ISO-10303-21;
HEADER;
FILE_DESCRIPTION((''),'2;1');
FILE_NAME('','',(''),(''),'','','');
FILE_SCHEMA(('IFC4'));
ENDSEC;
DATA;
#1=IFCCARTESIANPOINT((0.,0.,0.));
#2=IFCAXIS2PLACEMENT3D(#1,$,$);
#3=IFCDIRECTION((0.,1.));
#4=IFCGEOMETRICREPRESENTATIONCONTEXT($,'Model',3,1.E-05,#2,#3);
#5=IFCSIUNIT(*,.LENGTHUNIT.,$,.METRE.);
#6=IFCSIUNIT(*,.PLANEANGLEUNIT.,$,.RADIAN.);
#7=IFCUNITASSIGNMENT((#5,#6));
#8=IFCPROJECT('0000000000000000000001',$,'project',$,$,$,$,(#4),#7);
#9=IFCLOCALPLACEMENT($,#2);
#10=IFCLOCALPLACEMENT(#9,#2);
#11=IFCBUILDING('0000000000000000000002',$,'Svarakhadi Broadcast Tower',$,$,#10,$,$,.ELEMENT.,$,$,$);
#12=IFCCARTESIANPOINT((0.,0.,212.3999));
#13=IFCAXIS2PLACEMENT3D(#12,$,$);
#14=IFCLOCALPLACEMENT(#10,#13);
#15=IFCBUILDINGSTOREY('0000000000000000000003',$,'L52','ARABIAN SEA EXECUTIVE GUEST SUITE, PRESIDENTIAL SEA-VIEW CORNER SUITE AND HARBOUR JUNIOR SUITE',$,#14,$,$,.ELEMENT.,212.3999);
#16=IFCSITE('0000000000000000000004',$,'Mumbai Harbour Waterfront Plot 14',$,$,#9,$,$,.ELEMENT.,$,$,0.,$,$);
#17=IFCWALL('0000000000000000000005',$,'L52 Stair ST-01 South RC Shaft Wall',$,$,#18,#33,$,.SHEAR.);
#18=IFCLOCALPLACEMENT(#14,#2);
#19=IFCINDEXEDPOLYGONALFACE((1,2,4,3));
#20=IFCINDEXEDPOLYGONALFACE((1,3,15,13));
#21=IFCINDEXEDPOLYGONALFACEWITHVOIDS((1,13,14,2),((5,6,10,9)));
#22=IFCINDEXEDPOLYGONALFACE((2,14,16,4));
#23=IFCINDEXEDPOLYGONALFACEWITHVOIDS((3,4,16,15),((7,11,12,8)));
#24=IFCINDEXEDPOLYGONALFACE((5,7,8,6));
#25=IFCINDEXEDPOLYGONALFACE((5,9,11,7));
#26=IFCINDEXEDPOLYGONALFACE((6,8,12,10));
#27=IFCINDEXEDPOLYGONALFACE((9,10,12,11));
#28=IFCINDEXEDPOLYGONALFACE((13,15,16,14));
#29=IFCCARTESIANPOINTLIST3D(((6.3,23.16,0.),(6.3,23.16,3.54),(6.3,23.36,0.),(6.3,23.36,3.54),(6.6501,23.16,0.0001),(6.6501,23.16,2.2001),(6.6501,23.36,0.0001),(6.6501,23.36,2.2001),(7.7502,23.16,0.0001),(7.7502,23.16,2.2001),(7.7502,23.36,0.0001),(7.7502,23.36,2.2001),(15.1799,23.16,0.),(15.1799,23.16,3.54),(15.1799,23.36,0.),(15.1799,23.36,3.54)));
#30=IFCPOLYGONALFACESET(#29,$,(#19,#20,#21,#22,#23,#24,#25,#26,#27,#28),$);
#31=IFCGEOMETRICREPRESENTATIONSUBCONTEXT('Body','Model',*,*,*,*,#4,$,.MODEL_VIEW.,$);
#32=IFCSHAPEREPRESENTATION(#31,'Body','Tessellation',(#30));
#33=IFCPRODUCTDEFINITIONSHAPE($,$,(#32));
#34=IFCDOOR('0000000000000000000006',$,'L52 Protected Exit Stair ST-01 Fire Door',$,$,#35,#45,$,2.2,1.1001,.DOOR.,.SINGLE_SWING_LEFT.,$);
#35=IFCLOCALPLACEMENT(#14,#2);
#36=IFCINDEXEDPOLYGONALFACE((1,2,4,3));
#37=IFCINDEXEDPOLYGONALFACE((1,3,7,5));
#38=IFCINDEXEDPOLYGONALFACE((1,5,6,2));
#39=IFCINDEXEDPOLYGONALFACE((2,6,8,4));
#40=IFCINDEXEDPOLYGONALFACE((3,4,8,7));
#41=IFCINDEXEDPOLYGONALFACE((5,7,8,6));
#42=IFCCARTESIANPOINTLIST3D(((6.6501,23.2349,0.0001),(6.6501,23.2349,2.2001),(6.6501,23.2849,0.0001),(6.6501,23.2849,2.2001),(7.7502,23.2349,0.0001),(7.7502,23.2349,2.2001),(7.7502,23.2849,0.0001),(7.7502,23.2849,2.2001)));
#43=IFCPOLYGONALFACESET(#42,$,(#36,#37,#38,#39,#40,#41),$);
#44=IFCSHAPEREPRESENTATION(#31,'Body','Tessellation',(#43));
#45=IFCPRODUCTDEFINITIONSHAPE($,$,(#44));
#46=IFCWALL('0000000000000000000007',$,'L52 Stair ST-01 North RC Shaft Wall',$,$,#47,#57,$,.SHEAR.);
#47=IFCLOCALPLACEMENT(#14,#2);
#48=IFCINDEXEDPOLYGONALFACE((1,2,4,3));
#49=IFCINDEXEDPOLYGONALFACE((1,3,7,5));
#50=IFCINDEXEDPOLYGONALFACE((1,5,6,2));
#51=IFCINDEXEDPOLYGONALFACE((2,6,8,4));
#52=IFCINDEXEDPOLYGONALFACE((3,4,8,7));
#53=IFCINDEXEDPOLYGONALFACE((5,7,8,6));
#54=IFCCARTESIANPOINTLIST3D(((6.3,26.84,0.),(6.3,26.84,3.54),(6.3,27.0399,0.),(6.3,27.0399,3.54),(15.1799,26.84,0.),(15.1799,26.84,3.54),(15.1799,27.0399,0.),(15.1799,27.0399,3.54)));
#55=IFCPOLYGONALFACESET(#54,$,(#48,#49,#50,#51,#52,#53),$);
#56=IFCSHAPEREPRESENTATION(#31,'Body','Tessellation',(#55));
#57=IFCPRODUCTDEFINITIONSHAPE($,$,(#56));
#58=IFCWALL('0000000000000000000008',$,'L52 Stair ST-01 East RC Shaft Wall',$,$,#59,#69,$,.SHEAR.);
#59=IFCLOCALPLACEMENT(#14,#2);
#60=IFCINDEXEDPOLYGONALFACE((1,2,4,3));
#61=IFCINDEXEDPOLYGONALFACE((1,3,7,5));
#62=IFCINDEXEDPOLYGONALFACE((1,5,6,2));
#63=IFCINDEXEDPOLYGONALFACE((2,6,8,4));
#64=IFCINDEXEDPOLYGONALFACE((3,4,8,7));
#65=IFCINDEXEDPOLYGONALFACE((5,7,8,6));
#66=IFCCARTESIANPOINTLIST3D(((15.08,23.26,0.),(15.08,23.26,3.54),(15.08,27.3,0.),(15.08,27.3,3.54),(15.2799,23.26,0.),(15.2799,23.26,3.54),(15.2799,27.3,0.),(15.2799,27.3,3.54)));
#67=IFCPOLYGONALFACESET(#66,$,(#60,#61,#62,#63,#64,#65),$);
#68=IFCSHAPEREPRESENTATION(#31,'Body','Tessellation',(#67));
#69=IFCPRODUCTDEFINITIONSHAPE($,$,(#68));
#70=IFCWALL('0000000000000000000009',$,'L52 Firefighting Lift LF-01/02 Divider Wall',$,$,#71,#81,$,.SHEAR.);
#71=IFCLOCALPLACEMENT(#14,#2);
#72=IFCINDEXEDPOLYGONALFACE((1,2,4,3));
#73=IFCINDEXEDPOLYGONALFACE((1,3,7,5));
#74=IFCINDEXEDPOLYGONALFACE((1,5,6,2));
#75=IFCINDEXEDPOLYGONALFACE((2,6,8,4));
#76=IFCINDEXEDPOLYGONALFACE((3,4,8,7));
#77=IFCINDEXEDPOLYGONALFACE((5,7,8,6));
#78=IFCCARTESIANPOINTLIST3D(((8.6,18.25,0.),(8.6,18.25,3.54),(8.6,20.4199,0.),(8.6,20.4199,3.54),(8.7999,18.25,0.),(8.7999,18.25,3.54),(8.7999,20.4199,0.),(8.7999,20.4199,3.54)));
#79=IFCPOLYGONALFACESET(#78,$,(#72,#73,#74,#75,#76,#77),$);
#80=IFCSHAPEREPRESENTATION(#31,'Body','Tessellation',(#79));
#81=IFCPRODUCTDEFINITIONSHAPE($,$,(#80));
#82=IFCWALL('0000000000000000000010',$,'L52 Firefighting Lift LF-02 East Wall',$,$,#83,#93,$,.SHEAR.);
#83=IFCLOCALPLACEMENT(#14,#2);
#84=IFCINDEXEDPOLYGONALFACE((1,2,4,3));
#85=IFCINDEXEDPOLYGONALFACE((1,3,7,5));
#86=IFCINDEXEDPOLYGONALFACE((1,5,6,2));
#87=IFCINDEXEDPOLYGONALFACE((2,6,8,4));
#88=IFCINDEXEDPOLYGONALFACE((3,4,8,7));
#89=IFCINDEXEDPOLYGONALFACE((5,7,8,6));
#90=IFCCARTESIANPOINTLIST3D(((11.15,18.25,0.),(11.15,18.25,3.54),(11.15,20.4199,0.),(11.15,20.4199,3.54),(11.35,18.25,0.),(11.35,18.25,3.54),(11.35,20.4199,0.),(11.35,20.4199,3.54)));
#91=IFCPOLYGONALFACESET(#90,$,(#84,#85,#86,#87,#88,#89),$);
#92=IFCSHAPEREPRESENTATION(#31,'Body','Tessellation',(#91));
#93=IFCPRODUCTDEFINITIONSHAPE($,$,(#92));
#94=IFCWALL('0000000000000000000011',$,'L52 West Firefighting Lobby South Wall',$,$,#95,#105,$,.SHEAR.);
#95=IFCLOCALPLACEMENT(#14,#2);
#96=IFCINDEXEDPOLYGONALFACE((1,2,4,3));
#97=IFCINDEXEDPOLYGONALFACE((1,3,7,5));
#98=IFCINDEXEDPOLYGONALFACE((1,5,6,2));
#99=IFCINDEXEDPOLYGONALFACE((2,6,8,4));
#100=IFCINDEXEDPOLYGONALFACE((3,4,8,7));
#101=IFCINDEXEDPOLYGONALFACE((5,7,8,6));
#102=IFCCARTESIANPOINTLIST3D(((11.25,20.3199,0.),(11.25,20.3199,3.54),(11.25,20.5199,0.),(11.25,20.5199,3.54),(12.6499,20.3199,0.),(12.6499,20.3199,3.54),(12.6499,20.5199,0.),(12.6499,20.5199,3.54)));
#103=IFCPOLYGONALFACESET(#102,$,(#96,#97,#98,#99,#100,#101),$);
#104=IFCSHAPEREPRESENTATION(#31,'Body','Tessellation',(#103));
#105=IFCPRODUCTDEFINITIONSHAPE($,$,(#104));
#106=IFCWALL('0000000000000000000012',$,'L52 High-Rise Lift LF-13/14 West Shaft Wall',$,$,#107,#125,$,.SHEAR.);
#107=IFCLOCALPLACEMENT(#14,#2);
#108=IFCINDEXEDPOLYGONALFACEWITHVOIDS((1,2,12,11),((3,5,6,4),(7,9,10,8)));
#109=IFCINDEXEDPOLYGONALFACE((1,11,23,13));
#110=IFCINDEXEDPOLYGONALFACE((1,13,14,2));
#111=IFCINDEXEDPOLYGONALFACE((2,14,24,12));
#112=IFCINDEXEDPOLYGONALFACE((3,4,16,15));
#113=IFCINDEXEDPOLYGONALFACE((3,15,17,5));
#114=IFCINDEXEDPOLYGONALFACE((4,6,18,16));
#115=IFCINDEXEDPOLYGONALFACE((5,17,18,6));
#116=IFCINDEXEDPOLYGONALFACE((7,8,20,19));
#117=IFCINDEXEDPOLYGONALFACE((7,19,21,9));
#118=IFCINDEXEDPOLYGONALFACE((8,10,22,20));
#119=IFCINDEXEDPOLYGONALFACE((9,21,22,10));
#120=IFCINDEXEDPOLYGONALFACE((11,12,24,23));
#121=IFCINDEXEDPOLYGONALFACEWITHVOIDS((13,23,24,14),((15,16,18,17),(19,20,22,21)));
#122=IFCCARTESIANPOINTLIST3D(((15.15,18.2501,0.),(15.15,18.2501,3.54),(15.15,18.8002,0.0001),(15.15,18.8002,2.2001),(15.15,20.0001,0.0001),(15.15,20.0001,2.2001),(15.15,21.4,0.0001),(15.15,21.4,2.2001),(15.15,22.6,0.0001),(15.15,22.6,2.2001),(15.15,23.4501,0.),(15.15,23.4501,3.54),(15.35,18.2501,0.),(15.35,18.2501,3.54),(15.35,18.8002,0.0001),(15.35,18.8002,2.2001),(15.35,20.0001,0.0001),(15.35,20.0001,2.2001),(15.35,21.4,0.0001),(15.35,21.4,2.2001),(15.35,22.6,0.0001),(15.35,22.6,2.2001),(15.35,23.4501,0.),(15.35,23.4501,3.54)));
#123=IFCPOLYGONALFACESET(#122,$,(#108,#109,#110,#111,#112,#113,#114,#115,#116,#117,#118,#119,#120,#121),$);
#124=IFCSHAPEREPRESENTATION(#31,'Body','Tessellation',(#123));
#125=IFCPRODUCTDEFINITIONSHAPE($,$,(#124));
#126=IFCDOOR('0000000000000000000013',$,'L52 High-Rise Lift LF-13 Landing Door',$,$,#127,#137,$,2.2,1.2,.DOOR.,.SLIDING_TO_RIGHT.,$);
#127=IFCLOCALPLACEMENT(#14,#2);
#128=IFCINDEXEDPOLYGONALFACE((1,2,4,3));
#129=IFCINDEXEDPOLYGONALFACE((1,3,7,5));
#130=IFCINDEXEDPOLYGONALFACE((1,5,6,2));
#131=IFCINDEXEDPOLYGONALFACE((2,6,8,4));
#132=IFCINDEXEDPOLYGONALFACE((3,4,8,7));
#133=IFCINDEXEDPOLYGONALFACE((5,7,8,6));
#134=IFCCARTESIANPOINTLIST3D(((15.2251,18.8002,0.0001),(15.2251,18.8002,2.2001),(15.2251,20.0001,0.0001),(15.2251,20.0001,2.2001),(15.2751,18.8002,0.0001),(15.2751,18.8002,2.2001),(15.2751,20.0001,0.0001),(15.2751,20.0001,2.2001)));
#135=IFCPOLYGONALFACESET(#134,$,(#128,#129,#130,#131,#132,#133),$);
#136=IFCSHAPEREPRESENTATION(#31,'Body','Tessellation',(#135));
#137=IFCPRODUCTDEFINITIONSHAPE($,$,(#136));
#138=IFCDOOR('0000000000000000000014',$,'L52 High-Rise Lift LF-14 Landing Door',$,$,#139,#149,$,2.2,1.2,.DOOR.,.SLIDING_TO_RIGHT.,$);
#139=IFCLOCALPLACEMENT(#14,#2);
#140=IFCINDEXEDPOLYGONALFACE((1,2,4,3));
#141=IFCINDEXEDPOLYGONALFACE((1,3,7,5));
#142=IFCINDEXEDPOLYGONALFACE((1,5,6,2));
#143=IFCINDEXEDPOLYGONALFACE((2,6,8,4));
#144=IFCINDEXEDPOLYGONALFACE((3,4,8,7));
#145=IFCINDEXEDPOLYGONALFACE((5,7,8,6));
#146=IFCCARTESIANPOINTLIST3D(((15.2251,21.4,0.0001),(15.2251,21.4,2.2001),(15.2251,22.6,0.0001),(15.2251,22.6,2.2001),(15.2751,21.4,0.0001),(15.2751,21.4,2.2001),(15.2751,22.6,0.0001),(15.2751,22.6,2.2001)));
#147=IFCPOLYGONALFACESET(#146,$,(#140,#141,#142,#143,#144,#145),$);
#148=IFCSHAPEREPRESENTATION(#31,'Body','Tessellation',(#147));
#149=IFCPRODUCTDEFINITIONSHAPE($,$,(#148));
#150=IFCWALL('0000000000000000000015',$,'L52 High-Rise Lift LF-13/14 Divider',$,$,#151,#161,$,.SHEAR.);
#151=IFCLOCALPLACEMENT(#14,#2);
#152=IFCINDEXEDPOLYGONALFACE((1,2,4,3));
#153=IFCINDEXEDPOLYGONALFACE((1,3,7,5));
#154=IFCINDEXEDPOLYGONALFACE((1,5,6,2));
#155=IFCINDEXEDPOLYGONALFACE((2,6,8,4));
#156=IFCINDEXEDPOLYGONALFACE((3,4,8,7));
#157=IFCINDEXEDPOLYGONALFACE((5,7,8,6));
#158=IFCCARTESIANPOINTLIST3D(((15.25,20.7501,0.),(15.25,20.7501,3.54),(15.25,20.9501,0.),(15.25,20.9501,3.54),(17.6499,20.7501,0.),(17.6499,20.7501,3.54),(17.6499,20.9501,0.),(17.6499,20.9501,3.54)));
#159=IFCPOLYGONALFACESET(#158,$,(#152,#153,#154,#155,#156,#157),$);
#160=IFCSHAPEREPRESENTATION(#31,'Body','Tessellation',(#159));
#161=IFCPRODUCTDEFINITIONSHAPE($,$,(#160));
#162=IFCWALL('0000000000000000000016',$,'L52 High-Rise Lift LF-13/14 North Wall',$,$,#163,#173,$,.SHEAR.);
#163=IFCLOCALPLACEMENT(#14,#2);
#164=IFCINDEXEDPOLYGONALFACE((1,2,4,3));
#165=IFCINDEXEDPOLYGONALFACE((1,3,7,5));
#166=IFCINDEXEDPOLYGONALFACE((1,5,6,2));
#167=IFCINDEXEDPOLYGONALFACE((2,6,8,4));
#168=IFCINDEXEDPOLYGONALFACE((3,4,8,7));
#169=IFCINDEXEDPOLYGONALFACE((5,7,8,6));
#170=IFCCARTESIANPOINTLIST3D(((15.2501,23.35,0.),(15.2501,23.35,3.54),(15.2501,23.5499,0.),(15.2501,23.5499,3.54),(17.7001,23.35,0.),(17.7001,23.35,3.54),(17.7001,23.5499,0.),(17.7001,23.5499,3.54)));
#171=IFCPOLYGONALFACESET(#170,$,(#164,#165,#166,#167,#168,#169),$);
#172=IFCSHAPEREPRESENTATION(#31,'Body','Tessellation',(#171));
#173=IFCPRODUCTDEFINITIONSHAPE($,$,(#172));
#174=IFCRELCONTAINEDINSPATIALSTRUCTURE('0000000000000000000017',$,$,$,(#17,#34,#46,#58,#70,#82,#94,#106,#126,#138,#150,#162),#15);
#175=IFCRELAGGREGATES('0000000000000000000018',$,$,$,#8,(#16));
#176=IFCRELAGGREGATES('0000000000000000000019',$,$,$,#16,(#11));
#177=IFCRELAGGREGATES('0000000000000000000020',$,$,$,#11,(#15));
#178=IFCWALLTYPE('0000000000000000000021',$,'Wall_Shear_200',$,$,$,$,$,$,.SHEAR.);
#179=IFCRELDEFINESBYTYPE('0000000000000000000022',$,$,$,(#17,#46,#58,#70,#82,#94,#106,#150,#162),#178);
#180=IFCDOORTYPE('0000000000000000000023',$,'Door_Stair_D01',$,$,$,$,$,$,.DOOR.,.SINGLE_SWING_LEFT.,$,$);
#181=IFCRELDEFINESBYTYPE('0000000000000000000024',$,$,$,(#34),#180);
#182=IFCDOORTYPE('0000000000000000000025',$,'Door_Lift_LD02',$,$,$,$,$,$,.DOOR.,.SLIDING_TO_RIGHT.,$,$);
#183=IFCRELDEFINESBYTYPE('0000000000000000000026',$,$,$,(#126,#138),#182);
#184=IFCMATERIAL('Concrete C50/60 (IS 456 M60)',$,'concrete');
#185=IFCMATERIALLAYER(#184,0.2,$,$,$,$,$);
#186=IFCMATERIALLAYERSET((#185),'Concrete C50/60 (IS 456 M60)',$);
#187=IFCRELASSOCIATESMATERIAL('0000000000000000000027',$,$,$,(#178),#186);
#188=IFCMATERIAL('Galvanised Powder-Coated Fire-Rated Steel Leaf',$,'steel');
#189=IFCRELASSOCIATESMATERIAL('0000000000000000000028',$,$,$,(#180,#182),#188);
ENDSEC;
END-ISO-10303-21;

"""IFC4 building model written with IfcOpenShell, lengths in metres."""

from ifc_helpers import new_model, si_unit, direction, frame, frame_2d, origin, place, context, subcontext, project, spatial, rectangle, extrude, material, layer, layer_set, type_object, element, fill, save


model = new_model("IFC4")

# Units and contexts
model_context = context("Model", 3, precision=1e-05, world=origin(), true_north=direction((0.0, 1.0)))
body_context = subcontext(model_context, "Body", "Model", "MODEL_VIEW")
ifc_project = project(units=[si_unit("LENGTHUNIT", "METRE"), si_unit("PLANEANGLEUNIT", "RADIAN")], contexts=[model_context])

# Site, building, storey
site_placement = place(None, origin())
site = spatial("IfcSite", under=ifc_project, at=site_placement, Name="Mumbai Harbour Waterfront Plot 14", CompositionType="ELEMENT", RefElevation=0.0)
building_placement = place(site_placement, origin())
building = spatial("IfcBuilding", under=site, at=building_placement, Name="Svarakhadi Broadcast Tower", CompositionType="ELEMENT")
storey_placement = place(building_placement, frame((0.0, 0.0, 212.3999)))
storey = spatial("IfcBuildingStorey", under=building, at=storey_placement, Name="L52", Description="ARABIAN SEA EXECUTIVE GUEST SUITE, PRESIDENTIAL SEA-VIEW CORNER SUITE AND HARBOUR JUNIOR SUITE", CompositionType="ELEMENT", Elevation=212.3999)

# Shared definitions
ifc_material_1 = material(Name="Concrete C50/60 (IS 456 M60)", Category="concrete")

# Wall, opening, door
ifc_layer_1 = layer(ifc_material_1, 0.2)
ifc_layer_set_1 = layer_set([ifc_layer_1], Name="Concrete C50/60 (IS 456 M60)")
wall_type_1 = type_object("IfcWallType", Name="Wall_Shear_200", PredefinedType="SHEAR", material=ifc_layer_set_1)
wall_1_placement = place(storey_placement, frame((6.3, 23.26, 0.0), z_axis=(0.0, 0.0, 1.0), x_axis=(1.0, 0.0, 0.0)))
wall_1 = element("IfcWall", 1, at=wall_1_placement, inside=storey, type_object=wall_type_1, Name="L52 Stair ST-01 South RC Shaft Wall", PredefinedType="SHEAR", context=body_context, shape_type="SweptSolid", body=[
    extrude(rectangle(XDim=8.8799, YDim=0.2, at=frame_2d((4.4399, 0.0))), origin(), (0.0, 0.0, 1.0), 3.54),
])
opening_1_placement = place(wall_1_placement, frame((0.3501, 0.0, 0.0)))
opening_1 = element("IfcOpeningElement", 2, at=opening_1_placement, cuts=wall_1, PredefinedType="OPENING", context=body_context, shape_type="SweptSolid", body=[
    extrude(rectangle(XDim=1.1001, YDim=2.2, at=frame_2d((0.55, 1.1001))), frame((0.0, 0.1099, 0.0), z_axis=(0.0, -1.0, 0.0), x_axis=(1.0, 0.0, 0.0)), (0.0, 0.0, 1.0), 0.22),
])
ifc_material_2 = material(Name="Galvanised Powder-Coated Fire-Rated Steel Leaf", Category="steel")
door_type_1 = type_object("IfcDoorType", Name="Door_Stair_D01", OperationType="SINGLE_SWING_LEFT", PredefinedType="DOOR", material=ifc_material_2)
door_1_placement = place(opening_1_placement, origin())
door_1 = element("IfcDoor", 3, at=door_1_placement, inside=storey, type_object=door_type_1, Name="L52 Protected Exit Stair ST-01 Fire Door", OperationType="SINGLE_SWING_LEFT", OverallHeight=2.2, OverallWidth=1.1001, PredefinedType="DOOR", context=body_context, shape_type="SweptSolid", body=[
    extrude(rectangle(XDim=1.1001, YDim=2.2, at=frame_2d((0.55, 1.1001))), frame((0.0, 0.0249, 0.0), z_axis=(0.0, -1.0, 0.0), x_axis=(1.0, 0.0, 0.0)), (0.0, 0.0, 1.0), 0.05),
])
fill(opening_1, door_1)

# Walls
wall_2_placement = place(storey_placement, frame((6.3, 26.9399, 0.0), z_axis=(0.0, 0.0, 1.0), x_axis=(1.0, 0.0, 0.0)))
element("IfcWall", 4, at=wall_2_placement, inside=storey, type_object=wall_type_1, Name="L52 Stair ST-01 North RC Shaft Wall", PredefinedType="SHEAR", context=body_context, shape_type="SweptSolid", body=[
    extrude(rectangle(XDim=8.8799, YDim=0.2, at=frame_2d((4.4399, 0.0))), origin(), (0.0, 0.0, 1.0), 3.54),
])
wall_3_placement = place(storey_placement, frame((15.1799, 23.26, 0.0), z_axis=(0.0, 0.0, 1.0), x_axis=(0.0, 1.0, 0.0)))
element("IfcWall", 5, at=wall_3_placement, inside=storey, type_object=wall_type_1, Name="L52 Stair ST-01 East RC Shaft Wall", PredefinedType="SHEAR", context=body_context, shape_type="SweptSolid", body=[
    extrude(rectangle(XDim=4.04, YDim=0.2, at=frame_2d((2.02, 0.0))), origin(), (0.0, 0.0, 1.0), 3.54),
])
for number, where, z_axis, x_axis, name in (
    (6, (8.7, 18.25, 0.0), (0.0, 0.0, 1.0), (0.0, 1.0, 0.0), "L52 Firefighting Lift LF-01/02 Divider Wall"),
    (7, (11.25, 18.25, 0.0), (0.0, 0.0, 1.0), (0.0, 1.0, 0.0), "L52 Firefighting Lift LF-02 East Wall"),
):
    element("IfcWall", number, at=place(storey_placement, frame(where, z_axis=z_axis, x_axis=x_axis)), inside=storey, type_object=wall_type_1, Name=name, PredefinedType="SHEAR", context=body_context, shape_type="SweptSolid", body=[
        extrude(rectangle(XDim=2.1699, YDim=0.2, at=frame_2d((1.085, 0.0))), origin(), (0.0, 0.0, 1.0), 3.54),
    ])
wall_4_placement = place(storey_placement, frame((11.25, 20.4199, 0.0), z_axis=(0.0, 0.0, 1.0), x_axis=(1.0, 0.0, 0.0)))
element("IfcWall", 8, at=wall_4_placement, inside=storey, type_object=wall_type_1, Name="L52 West Firefighting Lobby South Wall", PredefinedType="SHEAR", context=body_context, shape_type="SweptSolid", body=[
    extrude(rectangle(XDim=1.3999, YDim=0.2, at=frame_2d((0.7, 0.0))), origin(), (0.0, 0.0, 1.0), 3.54),
])

# Wall, openings, doors
wall_5_placement = place(storey_placement, frame((15.25, 18.25, 0.0), z_axis=(0.0, 0.0, 1.0), x_axis=(0.0, 1.0, 0.0)))
wall_5 = element("IfcWall", 9, at=wall_5_placement, inside=storey, type_object=wall_type_1, Name="L52 High-Rise Lift LF-13/14 West Shaft Wall", PredefinedType="SHEAR", context=body_context, shape_type="SweptSolid", body=[
    extrude(rectangle(XDim=5.2, YDim=0.2, at=frame_2d((2.6001, 0.0))), origin(), (0.0, 0.0, 1.0), 3.54),
])
opening_2_placement = place(wall_5_placement, frame((0.55, 0.0, 0.0)))
opening_2 = element("IfcOpeningElement", 10, at=opening_2_placement, cuts=wall_5, PredefinedType="OPENING", context=body_context, shape_type="SweptSolid", body=[
    extrude(rectangle(XDim=1.2, YDim=2.2, at=frame_2d((0.6001, 1.1001))), frame((0.0, 0.1099, 0.0), z_axis=(0.0, -1.0, 0.0), x_axis=(1.0, 0.0, 0.0)), (0.0, 0.0, 1.0), 0.22),
])
opening_3_placement = place(wall_5_placement, frame((3.1499, 0.0, 0.0)))
opening_3 = element("IfcOpeningElement", 11, at=opening_3_placement, cuts=wall_5, PredefinedType="OPENING", context=body_context, shape_type="SweptSolid", body=[
    extrude(rectangle(XDim=1.2, YDim=2.2, at=frame_2d((0.6001, 1.1001))), frame((0.0, 0.1099, 0.0), z_axis=(0.0, -1.0, 0.0), x_axis=(1.0, 0.0, 0.0)), (0.0, 0.0, 1.0), 0.22),
])
door_type_2 = type_object("IfcDoorType", Name="Door_Lift_LD02", OperationType="SLIDING_TO_RIGHT", PredefinedType="DOOR", material=ifc_material_2)
door_2_placement = place(opening_2_placement, origin())
door_2 = element("IfcDoor", 12, at=door_2_placement, inside=storey, type_object=door_type_2, Name="L52 High-Rise Lift LF-13 Landing Door", OperationType="SLIDING_TO_RIGHT", OverallHeight=2.2, OverallWidth=1.2, PredefinedType="DOOR", context=body_context, shape_type="SweptSolid", body=[
    extrude(rectangle(XDim=1.2, YDim=2.2, at=frame_2d((0.6001, 1.1001))), frame((0.0, 0.0249, 0.0), z_axis=(0.0, -1.0, 0.0), x_axis=(1.0, 0.0, 0.0)), (0.0, 0.0, 1.0), 0.05),
])
fill(opening_2, door_2)
door_3_placement = place(opening_3_placement, origin())
door_3 = element("IfcDoor", 13, at=door_3_placement, inside=storey, type_object=door_type_2, Name="L52 High-Rise Lift LF-14 Landing Door", OperationType="SLIDING_TO_RIGHT", OverallHeight=2.2, OverallWidth=1.2, PredefinedType="DOOR", context=body_context, shape_type="SweptSolid", body=[
    extrude(rectangle(XDim=1.2, YDim=2.2, at=frame_2d((0.6001, 1.1001))), frame((0.0, 0.0249, 0.0), z_axis=(0.0, -1.0, 0.0), x_axis=(1.0, 0.0, 0.0)), (0.0, 0.0, 1.0), 0.05),
])
fill(opening_3, door_3)

# Walls
wall_6_placement = place(storey_placement, frame((15.25, 20.8501, 0.0), z_axis=(0.0, 0.0, 1.0), x_axis=(1.0, 0.0, 0.0)))
element("IfcWall", 14, at=wall_6_placement, inside=storey, type_object=wall_type_1, Name="L52 High-Rise Lift LF-13/14 Divider", PredefinedType="SHEAR", context=body_context, shape_type="SweptSolid", body=[
    extrude(rectangle(XDim=2.3999, YDim=0.2, at=frame_2d((1.2, 0.0))), origin(), (0.0, 0.0, 1.0), 3.54),
])
wall_7_placement = place(storey_placement, frame((15.25, 23.45, 0.0), z_axis=(0.0, 0.0, 1.0), x_axis=(1.0, 0.0, 0.0)))
element("IfcWall", 15, at=wall_7_placement, inside=storey, type_object=wall_type_1, Name="L52 High-Rise Lift LF-13/14 North Wall", PredefinedType="SHEAR", context=body_context, shape_type="SweptSolid", body=[
    extrude(rectangle(XDim=2.45, YDim=0.2, at=frame_2d((1.2251, 0.0))), origin(), (0.0, 0.0, 1.0), 3.54),
])

save(model, "model.ifc")
